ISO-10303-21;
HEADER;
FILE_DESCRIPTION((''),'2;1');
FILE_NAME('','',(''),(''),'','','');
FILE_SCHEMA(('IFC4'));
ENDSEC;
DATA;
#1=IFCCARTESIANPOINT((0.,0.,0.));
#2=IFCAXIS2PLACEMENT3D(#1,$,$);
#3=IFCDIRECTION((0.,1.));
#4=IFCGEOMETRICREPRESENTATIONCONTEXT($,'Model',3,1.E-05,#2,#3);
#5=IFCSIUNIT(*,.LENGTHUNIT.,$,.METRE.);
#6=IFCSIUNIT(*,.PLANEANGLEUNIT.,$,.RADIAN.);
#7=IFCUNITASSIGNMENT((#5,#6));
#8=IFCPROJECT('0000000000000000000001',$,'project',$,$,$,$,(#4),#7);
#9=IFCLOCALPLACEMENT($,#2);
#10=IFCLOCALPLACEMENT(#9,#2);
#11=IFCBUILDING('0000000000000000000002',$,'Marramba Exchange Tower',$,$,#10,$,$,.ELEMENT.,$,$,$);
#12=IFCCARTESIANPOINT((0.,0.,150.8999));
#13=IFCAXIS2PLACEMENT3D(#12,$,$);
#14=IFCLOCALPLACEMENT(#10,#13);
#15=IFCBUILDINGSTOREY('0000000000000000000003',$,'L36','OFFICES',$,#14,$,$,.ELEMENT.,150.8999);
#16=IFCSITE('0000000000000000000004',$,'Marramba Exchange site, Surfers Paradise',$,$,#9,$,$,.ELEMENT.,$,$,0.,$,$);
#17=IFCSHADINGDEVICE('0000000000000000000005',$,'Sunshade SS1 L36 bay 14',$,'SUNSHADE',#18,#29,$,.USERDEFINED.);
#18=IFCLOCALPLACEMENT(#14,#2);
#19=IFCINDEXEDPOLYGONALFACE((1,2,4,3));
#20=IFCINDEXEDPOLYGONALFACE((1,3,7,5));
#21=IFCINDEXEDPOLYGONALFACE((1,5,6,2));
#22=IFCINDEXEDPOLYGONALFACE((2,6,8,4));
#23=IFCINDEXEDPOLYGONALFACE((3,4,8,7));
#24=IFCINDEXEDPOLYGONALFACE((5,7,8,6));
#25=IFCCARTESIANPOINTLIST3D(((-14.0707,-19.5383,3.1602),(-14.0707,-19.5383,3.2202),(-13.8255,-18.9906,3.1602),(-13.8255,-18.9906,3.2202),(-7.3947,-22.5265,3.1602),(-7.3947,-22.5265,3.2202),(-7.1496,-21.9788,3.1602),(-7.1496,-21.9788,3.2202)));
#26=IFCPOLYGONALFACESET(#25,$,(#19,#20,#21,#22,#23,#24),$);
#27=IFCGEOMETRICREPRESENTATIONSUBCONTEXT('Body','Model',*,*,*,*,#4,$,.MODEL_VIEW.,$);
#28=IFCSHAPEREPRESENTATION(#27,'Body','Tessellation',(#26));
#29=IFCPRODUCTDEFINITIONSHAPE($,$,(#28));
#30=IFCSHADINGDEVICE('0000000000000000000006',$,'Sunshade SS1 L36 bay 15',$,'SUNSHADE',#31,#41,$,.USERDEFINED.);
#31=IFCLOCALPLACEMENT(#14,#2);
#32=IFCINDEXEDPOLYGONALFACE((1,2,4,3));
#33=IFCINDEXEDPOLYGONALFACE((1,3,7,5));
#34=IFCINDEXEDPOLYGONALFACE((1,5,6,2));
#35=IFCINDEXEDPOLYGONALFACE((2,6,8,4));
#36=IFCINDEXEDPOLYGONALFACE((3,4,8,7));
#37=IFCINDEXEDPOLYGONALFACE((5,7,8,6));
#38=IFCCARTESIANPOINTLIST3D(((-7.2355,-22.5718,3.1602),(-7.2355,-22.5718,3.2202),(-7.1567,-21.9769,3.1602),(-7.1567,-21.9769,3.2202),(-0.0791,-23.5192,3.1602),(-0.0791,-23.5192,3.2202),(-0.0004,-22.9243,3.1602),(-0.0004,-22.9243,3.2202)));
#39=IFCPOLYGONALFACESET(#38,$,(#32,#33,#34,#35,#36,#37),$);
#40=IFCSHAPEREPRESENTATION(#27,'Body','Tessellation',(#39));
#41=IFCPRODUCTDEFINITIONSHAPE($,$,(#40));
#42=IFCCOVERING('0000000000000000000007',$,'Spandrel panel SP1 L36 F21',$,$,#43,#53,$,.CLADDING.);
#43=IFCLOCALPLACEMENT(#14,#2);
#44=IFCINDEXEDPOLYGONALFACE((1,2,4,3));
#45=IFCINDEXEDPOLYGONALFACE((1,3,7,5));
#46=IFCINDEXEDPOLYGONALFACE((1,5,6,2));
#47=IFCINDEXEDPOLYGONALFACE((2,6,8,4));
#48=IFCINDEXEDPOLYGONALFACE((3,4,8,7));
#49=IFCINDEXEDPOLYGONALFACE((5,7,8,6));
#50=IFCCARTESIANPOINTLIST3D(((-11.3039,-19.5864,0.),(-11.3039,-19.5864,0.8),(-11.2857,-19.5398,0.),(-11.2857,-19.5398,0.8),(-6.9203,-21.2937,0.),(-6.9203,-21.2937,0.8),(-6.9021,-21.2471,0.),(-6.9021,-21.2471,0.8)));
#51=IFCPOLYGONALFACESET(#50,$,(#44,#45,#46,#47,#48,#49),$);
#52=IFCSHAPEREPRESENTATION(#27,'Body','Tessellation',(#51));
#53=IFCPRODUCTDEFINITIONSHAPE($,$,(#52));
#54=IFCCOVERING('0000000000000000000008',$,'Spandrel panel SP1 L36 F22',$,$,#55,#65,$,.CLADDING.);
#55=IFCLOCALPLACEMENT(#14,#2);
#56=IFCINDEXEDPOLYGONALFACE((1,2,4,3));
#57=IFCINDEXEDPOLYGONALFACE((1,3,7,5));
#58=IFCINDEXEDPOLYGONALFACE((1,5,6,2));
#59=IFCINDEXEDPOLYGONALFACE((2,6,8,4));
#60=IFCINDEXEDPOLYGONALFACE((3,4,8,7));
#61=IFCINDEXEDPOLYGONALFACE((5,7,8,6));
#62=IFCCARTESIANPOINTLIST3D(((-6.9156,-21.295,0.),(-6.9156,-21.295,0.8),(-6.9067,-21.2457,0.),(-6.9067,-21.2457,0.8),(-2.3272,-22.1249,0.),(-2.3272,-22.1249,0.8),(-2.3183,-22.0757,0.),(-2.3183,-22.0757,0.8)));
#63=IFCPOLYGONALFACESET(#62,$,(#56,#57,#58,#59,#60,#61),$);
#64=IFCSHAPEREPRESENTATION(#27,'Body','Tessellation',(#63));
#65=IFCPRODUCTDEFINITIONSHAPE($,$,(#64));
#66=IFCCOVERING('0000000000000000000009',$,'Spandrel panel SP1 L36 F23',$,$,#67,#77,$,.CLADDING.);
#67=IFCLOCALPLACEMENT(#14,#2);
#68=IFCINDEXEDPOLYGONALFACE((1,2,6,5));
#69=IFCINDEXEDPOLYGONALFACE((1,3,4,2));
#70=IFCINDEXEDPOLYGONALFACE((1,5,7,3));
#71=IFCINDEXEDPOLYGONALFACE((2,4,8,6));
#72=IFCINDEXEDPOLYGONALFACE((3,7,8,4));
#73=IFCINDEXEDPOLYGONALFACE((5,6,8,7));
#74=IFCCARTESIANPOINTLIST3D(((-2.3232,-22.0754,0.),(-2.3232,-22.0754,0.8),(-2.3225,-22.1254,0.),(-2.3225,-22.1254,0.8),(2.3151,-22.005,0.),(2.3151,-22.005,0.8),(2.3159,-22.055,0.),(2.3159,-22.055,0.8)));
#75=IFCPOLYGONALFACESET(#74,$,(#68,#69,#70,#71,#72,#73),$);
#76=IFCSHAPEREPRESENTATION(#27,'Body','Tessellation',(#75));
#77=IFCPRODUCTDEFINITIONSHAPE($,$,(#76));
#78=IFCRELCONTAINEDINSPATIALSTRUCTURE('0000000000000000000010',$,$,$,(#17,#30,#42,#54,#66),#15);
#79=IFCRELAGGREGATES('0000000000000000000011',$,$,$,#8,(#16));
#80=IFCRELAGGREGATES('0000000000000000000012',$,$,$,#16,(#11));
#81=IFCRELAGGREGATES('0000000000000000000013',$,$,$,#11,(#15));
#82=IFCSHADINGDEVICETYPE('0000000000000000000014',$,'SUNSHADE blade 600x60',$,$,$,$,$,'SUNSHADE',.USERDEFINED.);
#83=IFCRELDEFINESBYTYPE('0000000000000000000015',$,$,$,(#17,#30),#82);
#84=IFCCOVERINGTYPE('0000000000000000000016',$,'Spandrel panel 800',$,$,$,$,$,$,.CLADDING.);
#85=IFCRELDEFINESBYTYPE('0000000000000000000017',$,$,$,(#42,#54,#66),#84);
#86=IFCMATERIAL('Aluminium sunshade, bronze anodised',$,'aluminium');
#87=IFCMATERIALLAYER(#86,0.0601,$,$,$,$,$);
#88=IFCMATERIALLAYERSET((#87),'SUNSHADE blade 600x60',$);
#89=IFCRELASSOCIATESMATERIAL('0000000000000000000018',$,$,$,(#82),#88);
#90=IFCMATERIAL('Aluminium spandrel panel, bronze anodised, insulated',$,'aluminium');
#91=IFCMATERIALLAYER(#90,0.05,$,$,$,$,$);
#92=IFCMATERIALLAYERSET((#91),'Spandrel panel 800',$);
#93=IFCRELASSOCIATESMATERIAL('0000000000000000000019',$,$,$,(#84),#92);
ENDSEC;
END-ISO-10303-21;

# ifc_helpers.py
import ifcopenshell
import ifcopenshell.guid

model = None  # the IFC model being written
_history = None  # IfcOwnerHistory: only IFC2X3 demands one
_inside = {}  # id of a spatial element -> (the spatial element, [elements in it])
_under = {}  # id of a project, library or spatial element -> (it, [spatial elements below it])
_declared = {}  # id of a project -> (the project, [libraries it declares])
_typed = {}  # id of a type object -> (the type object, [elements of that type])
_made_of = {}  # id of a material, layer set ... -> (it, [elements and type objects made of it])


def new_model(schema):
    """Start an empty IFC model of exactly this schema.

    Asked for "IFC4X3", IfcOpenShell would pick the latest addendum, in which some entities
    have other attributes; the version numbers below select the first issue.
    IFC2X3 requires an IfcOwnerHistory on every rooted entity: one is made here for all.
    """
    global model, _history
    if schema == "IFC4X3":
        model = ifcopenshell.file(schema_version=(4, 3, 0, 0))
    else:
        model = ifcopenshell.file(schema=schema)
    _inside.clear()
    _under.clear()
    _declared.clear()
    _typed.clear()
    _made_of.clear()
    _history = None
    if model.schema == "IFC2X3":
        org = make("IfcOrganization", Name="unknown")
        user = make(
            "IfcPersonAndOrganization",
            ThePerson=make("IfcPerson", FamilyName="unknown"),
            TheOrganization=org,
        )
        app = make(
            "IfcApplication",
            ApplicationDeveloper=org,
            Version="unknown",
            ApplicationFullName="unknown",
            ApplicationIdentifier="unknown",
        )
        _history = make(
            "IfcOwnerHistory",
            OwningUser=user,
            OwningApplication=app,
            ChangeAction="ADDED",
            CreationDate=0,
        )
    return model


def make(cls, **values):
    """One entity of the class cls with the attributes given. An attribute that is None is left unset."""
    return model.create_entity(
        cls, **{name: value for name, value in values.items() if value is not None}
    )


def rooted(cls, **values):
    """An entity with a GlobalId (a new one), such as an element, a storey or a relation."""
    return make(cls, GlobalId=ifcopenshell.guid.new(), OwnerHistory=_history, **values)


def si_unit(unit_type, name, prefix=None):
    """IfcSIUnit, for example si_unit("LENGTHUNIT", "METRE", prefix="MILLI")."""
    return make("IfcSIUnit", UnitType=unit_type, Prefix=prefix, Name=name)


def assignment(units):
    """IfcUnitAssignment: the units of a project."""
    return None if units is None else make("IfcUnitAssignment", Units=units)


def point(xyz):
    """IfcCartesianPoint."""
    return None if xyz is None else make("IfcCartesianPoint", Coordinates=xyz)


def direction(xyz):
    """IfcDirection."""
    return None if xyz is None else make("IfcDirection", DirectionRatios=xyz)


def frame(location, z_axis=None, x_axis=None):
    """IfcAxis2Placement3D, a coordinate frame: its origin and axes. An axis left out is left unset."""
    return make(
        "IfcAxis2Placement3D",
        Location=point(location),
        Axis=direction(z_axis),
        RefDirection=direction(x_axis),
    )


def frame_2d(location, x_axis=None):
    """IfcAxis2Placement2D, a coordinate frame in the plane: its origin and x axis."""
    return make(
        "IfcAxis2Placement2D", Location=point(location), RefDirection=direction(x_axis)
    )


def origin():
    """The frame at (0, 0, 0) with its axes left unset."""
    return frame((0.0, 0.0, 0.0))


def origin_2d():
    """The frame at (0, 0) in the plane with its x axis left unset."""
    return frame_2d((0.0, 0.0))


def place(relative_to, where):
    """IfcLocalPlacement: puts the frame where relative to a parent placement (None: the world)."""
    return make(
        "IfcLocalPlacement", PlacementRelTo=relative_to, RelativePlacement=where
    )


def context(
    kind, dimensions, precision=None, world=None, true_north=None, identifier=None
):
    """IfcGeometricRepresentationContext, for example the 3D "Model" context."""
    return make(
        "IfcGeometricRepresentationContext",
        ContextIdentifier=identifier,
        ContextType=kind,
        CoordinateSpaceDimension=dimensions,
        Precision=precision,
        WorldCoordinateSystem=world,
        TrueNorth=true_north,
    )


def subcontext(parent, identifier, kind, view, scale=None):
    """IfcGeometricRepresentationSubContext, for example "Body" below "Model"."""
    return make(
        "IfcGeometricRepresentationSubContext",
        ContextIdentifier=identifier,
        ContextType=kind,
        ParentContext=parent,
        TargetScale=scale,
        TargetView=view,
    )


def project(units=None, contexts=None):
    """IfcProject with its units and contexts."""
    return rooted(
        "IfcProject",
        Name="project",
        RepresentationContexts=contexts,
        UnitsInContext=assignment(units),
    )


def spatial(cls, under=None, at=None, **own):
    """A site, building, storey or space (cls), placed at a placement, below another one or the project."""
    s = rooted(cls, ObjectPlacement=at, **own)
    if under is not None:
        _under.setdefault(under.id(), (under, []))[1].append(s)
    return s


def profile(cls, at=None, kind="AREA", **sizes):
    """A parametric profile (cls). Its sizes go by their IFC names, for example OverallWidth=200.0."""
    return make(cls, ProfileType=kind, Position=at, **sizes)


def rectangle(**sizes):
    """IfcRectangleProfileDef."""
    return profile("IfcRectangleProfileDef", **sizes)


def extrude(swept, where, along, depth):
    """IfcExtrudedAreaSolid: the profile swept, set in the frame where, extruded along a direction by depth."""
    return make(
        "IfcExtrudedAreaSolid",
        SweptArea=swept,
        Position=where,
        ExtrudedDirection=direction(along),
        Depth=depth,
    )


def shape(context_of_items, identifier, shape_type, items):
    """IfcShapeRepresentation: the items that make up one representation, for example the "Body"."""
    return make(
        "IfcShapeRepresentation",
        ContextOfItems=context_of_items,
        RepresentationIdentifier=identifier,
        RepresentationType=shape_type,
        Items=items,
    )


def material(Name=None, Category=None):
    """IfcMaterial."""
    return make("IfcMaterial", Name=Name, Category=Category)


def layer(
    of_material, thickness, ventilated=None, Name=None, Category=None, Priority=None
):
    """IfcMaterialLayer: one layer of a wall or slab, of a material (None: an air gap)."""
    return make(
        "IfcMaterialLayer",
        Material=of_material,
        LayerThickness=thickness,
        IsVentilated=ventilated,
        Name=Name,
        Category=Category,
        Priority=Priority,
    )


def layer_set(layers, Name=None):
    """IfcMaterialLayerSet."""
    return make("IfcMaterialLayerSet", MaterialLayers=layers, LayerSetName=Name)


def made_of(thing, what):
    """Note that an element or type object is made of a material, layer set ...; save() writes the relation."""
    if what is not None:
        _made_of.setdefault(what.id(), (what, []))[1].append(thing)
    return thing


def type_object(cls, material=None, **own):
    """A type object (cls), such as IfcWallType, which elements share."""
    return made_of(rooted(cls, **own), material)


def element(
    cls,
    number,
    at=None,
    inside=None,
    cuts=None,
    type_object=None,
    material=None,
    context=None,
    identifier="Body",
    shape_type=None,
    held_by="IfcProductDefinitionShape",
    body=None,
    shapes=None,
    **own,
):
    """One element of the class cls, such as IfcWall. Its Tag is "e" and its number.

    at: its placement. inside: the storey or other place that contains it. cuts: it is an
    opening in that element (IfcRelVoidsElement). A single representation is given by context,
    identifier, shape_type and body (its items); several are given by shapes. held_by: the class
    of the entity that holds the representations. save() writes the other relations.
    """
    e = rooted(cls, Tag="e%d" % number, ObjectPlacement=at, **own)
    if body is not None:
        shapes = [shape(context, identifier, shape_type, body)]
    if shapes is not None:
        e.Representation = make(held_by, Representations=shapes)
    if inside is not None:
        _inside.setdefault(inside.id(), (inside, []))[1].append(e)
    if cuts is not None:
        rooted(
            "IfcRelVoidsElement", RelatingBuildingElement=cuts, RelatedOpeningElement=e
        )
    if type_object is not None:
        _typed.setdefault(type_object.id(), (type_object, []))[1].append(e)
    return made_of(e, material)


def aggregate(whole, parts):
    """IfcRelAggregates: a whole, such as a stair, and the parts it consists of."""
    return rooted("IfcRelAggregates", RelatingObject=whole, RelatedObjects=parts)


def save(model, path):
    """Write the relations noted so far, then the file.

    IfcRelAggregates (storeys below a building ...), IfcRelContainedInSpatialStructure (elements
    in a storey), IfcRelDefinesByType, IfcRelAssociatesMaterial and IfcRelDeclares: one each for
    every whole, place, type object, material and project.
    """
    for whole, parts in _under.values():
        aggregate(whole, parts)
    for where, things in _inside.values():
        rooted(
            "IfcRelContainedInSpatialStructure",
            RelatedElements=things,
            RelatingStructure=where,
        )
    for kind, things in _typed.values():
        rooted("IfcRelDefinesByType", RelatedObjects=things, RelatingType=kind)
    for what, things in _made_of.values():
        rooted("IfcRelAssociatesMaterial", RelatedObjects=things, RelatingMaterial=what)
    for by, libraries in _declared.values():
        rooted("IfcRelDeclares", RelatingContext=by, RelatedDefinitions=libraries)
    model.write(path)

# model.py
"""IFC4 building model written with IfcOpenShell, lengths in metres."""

from ifc_helpers import new_model, si_unit, direction, frame, origin, origin_2d, place, context, subcontext, project, spatial, rectangle, extrude, material, layer, layer_set, type_object, element, save


model = new_model("IFC4")

# Units and contexts
model_context = context("Model", 3, precision=1e-05, world=origin(), true_north=direction((0.0, 1.0)))
body_context = subcontext(model_context, "Body", "Model", "MODEL_VIEW")
ifc_project = project(units=[si_unit("LENGTHUNIT", "METRE"), si_unit("PLANEANGLEUNIT", "RADIAN")], contexts=[model_context])

# Site, building, storey
site_placement = place(None, origin())
site = spatial("IfcSite", under=ifc_project, at=site_placement, Name="Marramba Exchange site, Surfers Paradise", CompositionType="ELEMENT", RefElevation=0.0)
building_placement = place(site_placement, origin())
building = spatial("IfcBuilding", under=site, at=building_placement, Name="Marramba Exchange Tower", CompositionType="ELEMENT")
storey_placement = place(building_placement, frame((0.0, 0.0, 150.8999)))
storey = spatial("IfcBuildingStorey", under=building, at=storey_placement, Name="L36", Description="OFFICES", CompositionType="ELEMENT", Elevation=150.8999)

# Shading devices
ifc_material_1 = material(Name="Aluminium sunshade, bronze anodised", Category="aluminium")
ifc_layer_1 = layer(ifc_material_1, 0.0601)
ifc_layer_set_1 = layer_set([ifc_layer_1], Name="SUNSHADE blade 600x60")
shading_device_type_1 = type_object("IfcShadingDeviceType", Name="SUNSHADE blade 600x60", ElementType="SUNSHADE", PredefinedType="USERDEFINED", material=ifc_layer_set_1)
shading_device_1_placement = place(storey_placement, frame((-10.6101, -20.7585, 3.1602), z_axis=(0.0, 0.0, 1.0), x_axis=(0.912736, -0.40855, 0.0)))
element("IfcShadingDevice", 1, at=shading_device_1_placement, inside=storey, type_object=shading_device_type_1, Name="Sunshade SS1 L36 bay 14", ObjectType="SUNSHADE", PredefinedType="USERDEFINED", context=body_context, shape_type="SweptSolid", body=[
    extrude(rectangle(XDim=7.3142, YDim=0.6001, at=origin_2d()), origin(), (0.0, 0.0, 1.0), 0.0601),
])
shading_device_2_placement = place(storey_placement, frame((-3.6179, -22.748, 3.1602), z_axis=(0.0, 0.0, 1.0), x_axis=(0.99135, -0.131241, 0.0)))
element("IfcShadingDevice", 2, at=shading_device_2_placement, inside=storey, type_object=shading_device_type_1, Name="Sunshade SS1 L36 bay 15", ObjectType="SUNSHADE", PredefinedType="USERDEFINED", context=body_context, shape_type="SweptSolid", body=[
    extrude(rectangle(XDim=7.2188, YDim=0.6001, at=origin_2d()), origin(), (0.0, 0.0, 1.0), 0.0601),
])

# Coverings
ifc_material_2 = material(Name="Aluminium spandrel panel, bronze anodised, insulated", Category="aluminium")
ifc_layer_2 = layer(ifc_material_2, 0.05)
ifc_layer_set_2 = layer_set([ifc_layer_2], Name="Spandrel panel 800")
covering_type = type_object("IfcCoveringType", Name="Spandrel panel 800", PredefinedType="CLADDING", material=ifc_layer_set_2)
covering_1_placement = place(storey_placement, frame((-9.103, -20.4167, 0.0), z_axis=(0.0, 0.0, 1.0), x_axis=(0.931818, -0.362925, 0.0)))
element("IfcCovering", 3, at=covering_1_placement, inside=storey, type_object=covering_type, Name="Spandrel panel SP1 L36 F21", PredefinedType="CLADDING", context=body_context, shape_type="SweptSolid", body=[
    extrude(rectangle(XDim=4.7043, YDim=0.05, at=origin_2d()), origin(), (0.0, 0.0, 1.0), 0.8),
])
covering_2_placement = place(storey_placement, frame((-4.6169, -21.6853, 0.0), z_axis=(0.0, 0.0, 1.0), x_axis=(0.984032, -0.177992, 0.0)))
element("IfcCovering", 4, at=covering_2_placement, inside=storey, type_object=covering_type, Name="Spandrel panel SP1 L36 F22", PredefinedType="CLADDING", context=body_context, shape_type="SweptSolid", body=[
    extrude(rectangle(XDim=4.6628, YDim=0.05, at=origin_2d()), origin(), (0.0, 0.0, 1.0), 0.8),
])
covering_3_placement = place(storey_placement, frame((-0.0037, -22.0652, 0.0), z_axis=(0.0, 0.0, 1.0), x_axis=(0.999885, 0.015179, 0.0)))
element("IfcCovering", 5, at=covering_3_placement, inside=storey, type_object=covering_type, Name="Spandrel panel SP1 L36 F23", PredefinedType="CLADDING", context=body_context, shape_type="SweptSolid", body=[
    extrude(rectangle(XDim=4.6389, YDim=0.05, at=origin_2d()), origin(), (0.0, 0.0, 1.0), 0.8),
])

save(model, "model.ifc")
